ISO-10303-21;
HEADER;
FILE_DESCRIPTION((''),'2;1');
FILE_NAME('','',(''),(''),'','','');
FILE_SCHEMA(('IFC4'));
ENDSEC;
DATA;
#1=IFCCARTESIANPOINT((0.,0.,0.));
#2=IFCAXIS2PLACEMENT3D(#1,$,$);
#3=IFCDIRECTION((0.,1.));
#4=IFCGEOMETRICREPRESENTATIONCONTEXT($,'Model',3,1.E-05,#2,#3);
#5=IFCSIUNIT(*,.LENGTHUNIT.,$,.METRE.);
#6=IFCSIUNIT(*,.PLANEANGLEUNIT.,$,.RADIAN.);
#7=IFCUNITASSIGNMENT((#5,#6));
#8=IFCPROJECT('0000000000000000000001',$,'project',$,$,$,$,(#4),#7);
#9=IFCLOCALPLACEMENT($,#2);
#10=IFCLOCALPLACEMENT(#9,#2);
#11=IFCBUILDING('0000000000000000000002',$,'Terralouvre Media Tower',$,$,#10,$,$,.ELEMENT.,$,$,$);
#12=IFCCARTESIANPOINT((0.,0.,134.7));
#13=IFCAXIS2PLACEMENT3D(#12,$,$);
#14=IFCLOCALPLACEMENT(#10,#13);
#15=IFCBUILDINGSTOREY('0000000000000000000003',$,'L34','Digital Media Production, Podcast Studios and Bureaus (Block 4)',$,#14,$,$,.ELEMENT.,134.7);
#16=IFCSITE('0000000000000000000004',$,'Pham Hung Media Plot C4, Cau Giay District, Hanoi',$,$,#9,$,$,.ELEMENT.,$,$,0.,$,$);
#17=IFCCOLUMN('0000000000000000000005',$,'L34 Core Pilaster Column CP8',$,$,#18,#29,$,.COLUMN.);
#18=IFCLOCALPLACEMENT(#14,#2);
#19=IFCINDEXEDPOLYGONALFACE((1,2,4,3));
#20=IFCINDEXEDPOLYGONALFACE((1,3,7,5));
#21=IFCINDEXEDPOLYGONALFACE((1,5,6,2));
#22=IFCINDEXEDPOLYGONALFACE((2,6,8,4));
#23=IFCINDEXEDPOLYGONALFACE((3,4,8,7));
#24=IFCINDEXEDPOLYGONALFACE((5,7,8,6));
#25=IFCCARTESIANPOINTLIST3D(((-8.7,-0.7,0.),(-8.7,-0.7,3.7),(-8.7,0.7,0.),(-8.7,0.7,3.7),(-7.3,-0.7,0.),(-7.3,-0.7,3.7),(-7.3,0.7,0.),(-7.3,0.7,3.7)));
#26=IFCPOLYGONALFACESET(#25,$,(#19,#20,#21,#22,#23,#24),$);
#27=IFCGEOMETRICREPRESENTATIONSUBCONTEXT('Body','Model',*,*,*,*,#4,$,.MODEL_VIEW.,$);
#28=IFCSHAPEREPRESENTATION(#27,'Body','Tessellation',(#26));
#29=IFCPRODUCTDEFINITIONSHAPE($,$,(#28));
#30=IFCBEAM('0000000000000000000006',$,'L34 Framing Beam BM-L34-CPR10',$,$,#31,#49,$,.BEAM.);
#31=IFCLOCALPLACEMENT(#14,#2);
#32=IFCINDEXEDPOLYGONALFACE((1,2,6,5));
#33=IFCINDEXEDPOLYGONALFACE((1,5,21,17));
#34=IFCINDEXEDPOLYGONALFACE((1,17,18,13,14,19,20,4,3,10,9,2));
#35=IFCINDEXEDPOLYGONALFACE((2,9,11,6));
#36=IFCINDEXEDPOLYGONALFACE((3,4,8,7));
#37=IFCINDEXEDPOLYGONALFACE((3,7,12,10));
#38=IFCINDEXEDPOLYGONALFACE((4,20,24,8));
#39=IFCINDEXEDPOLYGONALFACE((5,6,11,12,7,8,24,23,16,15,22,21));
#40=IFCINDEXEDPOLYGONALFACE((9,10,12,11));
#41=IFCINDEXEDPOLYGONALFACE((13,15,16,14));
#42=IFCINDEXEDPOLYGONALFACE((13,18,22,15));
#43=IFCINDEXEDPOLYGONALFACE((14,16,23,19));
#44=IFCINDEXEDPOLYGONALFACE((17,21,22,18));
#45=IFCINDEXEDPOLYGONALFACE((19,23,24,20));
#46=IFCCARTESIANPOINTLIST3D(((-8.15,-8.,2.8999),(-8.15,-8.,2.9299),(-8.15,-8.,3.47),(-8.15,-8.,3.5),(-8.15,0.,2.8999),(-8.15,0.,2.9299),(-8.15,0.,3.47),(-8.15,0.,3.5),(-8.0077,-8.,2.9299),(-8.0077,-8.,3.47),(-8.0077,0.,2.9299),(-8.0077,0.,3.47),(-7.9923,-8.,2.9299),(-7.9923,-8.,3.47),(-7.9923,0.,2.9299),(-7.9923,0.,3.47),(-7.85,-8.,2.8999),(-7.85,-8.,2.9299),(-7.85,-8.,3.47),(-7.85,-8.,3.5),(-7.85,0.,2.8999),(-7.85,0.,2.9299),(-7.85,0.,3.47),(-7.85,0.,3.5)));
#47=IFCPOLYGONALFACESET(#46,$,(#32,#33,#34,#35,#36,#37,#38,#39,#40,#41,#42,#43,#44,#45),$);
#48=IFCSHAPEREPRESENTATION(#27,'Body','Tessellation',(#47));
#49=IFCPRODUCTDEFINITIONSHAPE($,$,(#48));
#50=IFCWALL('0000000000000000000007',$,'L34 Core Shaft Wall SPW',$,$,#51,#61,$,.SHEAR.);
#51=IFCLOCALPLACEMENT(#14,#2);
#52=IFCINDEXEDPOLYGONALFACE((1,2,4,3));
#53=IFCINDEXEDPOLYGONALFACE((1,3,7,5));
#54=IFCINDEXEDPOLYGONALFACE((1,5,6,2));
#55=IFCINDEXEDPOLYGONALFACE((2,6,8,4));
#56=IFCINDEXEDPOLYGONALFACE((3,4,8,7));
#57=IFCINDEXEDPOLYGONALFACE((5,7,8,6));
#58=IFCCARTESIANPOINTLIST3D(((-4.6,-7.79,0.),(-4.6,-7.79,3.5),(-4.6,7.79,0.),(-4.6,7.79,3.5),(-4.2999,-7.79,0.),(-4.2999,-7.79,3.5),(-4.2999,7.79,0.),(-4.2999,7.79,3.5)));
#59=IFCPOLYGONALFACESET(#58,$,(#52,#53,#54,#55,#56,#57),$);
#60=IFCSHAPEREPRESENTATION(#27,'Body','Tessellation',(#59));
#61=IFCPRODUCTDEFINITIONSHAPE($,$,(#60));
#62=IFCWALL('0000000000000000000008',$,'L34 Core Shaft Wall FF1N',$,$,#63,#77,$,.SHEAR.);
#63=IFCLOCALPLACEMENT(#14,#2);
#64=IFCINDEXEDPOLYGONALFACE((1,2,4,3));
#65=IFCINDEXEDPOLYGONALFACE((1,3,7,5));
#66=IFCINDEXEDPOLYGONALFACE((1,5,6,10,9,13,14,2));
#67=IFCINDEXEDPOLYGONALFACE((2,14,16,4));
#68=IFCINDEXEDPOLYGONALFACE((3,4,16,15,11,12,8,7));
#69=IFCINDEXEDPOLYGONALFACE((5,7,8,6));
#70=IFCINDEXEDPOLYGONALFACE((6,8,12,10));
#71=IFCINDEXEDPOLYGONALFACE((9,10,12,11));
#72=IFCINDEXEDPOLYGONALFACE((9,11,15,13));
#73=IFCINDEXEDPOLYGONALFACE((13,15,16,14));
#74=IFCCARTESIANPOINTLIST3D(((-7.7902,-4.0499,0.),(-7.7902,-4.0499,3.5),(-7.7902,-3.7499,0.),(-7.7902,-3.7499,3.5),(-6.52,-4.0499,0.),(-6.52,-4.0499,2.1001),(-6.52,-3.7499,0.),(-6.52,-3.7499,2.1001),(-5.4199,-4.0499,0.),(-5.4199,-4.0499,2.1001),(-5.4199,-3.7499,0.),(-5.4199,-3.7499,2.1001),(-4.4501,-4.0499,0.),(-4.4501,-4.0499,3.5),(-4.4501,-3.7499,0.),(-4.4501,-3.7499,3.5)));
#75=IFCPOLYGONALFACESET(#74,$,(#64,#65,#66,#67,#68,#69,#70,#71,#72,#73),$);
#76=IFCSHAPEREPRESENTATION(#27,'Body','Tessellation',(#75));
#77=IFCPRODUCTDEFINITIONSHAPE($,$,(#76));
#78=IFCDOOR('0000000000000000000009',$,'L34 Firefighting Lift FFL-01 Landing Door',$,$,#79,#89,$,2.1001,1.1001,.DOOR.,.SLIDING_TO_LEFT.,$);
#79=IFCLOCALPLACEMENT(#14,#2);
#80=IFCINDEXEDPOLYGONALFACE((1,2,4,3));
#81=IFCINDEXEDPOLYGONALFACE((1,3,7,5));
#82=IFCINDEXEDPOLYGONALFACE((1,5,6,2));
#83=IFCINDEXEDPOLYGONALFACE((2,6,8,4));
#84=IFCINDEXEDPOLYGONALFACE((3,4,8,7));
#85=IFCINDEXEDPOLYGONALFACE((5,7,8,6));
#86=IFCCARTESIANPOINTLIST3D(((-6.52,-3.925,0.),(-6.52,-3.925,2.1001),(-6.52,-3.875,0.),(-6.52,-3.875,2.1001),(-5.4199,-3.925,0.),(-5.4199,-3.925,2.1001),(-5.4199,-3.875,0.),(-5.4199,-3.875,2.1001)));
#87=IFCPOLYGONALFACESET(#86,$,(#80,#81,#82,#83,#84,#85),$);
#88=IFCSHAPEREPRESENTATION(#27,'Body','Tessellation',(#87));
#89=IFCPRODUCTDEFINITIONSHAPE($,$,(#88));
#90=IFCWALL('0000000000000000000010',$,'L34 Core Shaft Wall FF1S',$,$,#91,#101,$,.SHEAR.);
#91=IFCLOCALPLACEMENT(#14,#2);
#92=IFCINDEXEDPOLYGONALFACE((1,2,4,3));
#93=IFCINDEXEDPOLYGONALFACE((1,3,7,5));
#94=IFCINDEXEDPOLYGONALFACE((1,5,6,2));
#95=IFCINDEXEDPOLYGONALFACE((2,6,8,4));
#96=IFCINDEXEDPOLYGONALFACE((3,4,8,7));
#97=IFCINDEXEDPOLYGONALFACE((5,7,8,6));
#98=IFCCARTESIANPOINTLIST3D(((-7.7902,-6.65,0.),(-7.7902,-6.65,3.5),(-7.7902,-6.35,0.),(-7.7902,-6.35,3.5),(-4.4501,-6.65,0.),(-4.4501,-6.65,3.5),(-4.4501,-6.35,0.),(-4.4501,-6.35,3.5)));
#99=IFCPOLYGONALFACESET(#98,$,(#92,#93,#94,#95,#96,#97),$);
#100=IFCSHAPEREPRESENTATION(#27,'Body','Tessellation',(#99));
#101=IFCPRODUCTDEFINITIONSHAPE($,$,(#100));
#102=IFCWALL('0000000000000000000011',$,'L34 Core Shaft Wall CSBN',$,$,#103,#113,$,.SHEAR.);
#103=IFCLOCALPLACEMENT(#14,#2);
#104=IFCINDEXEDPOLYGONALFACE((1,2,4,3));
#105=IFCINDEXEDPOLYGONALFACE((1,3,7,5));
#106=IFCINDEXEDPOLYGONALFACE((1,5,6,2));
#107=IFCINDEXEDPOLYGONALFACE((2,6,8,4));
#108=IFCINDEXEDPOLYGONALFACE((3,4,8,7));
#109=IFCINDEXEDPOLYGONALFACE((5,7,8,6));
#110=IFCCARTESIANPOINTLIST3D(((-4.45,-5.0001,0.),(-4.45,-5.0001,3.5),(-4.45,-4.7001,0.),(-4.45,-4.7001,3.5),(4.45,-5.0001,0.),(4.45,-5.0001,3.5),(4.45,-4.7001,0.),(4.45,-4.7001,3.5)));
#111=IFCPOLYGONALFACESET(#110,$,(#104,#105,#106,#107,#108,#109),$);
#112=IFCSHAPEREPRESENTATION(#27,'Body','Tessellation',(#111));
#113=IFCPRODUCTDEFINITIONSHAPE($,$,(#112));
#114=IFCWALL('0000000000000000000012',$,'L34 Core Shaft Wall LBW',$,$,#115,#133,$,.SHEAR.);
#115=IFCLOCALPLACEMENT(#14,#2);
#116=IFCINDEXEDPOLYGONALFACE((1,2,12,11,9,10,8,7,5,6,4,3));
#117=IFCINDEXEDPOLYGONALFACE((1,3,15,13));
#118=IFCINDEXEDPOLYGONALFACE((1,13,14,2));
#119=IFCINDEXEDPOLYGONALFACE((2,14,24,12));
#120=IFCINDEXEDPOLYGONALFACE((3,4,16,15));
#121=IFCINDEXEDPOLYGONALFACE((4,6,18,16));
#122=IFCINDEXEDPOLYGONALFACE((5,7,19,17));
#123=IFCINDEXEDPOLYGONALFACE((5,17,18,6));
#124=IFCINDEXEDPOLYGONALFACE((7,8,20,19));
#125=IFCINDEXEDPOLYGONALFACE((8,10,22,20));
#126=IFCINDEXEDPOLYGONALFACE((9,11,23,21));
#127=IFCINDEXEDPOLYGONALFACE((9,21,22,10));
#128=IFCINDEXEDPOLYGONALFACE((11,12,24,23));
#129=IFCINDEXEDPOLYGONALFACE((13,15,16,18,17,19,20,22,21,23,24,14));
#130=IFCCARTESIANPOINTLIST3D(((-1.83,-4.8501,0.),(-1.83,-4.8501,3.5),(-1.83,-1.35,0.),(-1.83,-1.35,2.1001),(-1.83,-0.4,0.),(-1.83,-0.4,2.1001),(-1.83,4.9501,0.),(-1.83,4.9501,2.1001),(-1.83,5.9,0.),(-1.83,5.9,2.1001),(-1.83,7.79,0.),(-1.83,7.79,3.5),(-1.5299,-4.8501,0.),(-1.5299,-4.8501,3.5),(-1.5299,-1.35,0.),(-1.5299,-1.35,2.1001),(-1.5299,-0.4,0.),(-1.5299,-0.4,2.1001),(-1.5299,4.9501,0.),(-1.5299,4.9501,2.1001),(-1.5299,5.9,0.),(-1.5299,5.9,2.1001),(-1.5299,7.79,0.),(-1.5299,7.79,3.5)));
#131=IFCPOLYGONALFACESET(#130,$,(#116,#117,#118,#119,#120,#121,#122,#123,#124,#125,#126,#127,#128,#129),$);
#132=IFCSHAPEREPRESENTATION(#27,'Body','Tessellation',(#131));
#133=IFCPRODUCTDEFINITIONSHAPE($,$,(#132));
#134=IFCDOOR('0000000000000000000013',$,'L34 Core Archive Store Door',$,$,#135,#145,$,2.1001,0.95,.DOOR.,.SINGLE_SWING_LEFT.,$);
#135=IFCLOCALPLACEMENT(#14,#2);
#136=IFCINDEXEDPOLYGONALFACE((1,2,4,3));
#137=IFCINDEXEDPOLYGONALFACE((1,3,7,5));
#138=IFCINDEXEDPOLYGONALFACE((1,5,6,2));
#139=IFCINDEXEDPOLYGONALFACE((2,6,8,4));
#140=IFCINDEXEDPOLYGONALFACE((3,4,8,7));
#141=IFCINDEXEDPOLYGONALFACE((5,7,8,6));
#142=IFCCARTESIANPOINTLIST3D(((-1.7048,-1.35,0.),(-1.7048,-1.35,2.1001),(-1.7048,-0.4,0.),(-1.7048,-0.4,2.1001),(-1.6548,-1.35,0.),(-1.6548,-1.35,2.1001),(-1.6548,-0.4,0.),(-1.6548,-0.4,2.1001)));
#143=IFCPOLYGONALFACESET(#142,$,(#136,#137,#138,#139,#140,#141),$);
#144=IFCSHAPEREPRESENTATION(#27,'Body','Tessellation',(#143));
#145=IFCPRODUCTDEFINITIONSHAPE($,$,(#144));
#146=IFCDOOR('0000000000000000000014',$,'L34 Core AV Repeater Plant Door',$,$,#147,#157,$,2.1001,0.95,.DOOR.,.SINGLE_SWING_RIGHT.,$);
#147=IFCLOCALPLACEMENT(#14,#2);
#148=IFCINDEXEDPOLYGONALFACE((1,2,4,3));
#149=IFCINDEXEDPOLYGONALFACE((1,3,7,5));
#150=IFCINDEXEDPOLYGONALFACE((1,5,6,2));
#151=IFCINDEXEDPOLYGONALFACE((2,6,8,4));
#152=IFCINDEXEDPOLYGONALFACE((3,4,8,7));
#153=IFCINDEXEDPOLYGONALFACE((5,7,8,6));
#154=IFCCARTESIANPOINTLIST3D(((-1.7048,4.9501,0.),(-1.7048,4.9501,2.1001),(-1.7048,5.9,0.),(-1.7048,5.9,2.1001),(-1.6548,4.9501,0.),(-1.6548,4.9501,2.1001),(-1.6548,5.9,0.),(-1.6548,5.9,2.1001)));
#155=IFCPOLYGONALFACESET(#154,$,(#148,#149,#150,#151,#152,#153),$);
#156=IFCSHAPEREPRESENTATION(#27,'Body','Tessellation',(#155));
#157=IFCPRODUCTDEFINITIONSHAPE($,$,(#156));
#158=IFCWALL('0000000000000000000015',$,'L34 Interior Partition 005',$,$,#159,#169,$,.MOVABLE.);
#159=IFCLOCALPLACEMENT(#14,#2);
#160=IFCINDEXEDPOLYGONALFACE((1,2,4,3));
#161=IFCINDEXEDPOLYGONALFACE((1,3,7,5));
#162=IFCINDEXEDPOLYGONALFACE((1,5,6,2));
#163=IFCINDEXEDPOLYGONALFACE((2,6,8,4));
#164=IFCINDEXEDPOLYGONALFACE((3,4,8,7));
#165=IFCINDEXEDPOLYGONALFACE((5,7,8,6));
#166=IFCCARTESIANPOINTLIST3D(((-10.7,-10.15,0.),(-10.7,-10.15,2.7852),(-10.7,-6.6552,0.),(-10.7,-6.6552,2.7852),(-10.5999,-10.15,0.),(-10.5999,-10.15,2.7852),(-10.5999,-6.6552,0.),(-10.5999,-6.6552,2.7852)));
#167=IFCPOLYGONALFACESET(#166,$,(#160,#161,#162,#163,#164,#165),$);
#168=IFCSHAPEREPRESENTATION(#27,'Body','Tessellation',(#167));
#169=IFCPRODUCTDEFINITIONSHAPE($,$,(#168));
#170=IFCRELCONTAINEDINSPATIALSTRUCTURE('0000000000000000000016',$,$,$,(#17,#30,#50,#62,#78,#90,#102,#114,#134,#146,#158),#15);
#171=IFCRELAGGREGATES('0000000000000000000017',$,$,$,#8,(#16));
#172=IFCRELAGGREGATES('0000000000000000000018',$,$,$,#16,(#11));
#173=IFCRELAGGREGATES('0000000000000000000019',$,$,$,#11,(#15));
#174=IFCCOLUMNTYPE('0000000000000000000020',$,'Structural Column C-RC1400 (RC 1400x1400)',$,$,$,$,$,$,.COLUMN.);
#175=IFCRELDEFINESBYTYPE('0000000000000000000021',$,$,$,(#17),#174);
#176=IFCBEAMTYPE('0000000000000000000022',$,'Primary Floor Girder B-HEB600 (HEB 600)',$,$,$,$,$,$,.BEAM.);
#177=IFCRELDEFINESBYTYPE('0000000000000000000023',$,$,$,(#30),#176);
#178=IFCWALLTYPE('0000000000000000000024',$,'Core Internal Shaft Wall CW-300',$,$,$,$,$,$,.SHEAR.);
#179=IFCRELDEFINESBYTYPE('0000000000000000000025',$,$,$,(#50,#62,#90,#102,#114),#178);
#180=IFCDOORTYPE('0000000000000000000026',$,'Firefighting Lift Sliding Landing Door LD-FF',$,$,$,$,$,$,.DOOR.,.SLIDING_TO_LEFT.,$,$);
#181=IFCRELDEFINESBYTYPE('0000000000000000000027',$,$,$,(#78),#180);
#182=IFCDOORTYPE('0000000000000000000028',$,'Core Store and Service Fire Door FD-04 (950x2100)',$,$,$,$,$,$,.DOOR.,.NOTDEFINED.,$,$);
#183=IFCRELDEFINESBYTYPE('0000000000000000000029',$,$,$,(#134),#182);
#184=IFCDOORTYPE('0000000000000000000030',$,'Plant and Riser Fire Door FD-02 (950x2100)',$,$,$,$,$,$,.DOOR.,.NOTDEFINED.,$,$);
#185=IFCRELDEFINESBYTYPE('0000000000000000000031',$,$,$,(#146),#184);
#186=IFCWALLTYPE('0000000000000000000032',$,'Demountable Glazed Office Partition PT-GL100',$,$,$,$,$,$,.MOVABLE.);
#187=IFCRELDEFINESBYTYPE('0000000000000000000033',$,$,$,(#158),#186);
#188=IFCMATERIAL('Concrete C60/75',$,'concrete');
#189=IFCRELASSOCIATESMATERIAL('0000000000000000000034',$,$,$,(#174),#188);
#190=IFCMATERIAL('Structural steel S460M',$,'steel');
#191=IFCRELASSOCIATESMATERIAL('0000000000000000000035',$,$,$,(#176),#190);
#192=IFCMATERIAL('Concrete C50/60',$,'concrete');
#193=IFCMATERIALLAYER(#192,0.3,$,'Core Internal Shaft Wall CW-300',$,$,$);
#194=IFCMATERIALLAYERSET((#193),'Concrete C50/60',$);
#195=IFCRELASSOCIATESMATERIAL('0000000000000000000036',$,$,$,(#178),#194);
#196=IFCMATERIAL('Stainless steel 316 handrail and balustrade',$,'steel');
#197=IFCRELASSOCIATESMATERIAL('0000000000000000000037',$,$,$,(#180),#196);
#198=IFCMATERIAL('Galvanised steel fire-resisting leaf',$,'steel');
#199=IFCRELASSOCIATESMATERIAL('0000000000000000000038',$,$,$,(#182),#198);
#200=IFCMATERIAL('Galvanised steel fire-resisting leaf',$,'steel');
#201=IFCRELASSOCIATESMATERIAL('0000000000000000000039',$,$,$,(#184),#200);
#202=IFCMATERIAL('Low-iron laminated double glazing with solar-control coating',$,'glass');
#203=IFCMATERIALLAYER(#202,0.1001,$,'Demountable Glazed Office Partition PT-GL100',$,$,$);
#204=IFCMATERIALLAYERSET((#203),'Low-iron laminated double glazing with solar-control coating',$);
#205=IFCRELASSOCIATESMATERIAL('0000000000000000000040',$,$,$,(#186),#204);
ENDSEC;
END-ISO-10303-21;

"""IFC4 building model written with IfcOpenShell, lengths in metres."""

from ifc_helpers import new_model, si_unit, direction, frame, frame_2d, origin, origin_2d, place, context, subcontext, project, spatial, rectangle, i_section, extrude, material, layer, layer_set, material_profile, profile_set, type_object, element, fill, save


model = new_model("IFC4")

# Units and contexts
model_context = context("Model", 3, precision=1e-05, world=origin(), true_north=direction((0.0, 1.0)))
body_context = subcontext(model_context, "Body", "Model", "MODEL_VIEW")
ifc_project = project(units=[si_unit("LENGTHUNIT", "METRE"), si_unit("PLANEANGLEUNIT", "RADIAN")], contexts=[model_context])

# Site, building, storey
site_placement = place(None, origin())
site = spatial("IfcSite", under=ifc_project, at=site_placement, Name="Pham Hung Media Plot C4, Cau Giay District, Hanoi", CompositionType="ELEMENT", RefElevation=0.0)
building_placement = place(site_placement, origin())
building = spatial("IfcBuilding", under=site, at=building_placement, Name="Terralouvre Media Tower", CompositionType="ELEMENT")
storey_placement = place(building_placement, frame((0.0, 0.0, 134.7)))
storey = spatial("IfcBuildingStorey", under=building, at=storey_placement, Name="L34", Description="Digital Media Production, Podcast Studios and Bureaus (Block 4)", CompositionType="ELEMENT", Elevation=134.7)

# Column
ifc_material_1 = material(Name="Concrete C60/75", Category="concrete")
ifc_material_profile_1 = material_profile(ifc_material_1, rectangle(XDim=1.3999, YDim=1.3999, at=origin_2d()), Name="RC 1400x1400")
ifc_profile_set_1 = profile_set([ifc_material_profile_1], Name="Concrete C60/75")
column_type = type_object("IfcColumnType", Name="Structural Column C-RC1400 (RC 1400x1400)", PredefinedType="COLUMN", material=ifc_profile_set_1)
column_placement = place(storey_placement, frame((-8.0, 0.0, 0.0), z_axis=(0.0, 0.0, 1.0), x_axis=(1.0, 0.0, 0.0)))
element("IfcColumn", 1, at=column_placement, inside=storey, type_object=column_type, Name="L34 Core Pilaster Column CP8", PredefinedType="COLUMN", context=body_context, shape_type="SweptSolid", body=[
    extrude(rectangle(XDim=1.3999, YDim=1.3999, at=origin_2d()), origin(), (0.0, 0.0, 1.0), 3.7),
])

# Beam
ifc_material_2 = material(Name="Structural steel S460M", Category="steel")
ifc_material_profile_2 = material_profile(ifc_material_2, i_section(OverallWidth=0.3, OverallDepth=0.6001, WebThickness=0.0154, FlangeThickness=0.03, at=origin_2d()), Name="HEB 600")
ifc_profile_set_2 = profile_set([ifc_material_profile_2], Name="Structural steel S460M")
beam_type = type_object("IfcBeamType", Name="Primary Floor Girder B-HEB600 (HEB 600)", PredefinedType="BEAM", material=ifc_profile_set_2)
beam_placement = place(storey_placement, frame((-8.0, 0.0, 3.2), z_axis=(0.0, -1.0, 0.0), x_axis=(1.0, 0.0, 0.0)))
element("IfcBeam", 2, at=beam_placement, inside=storey, type_object=beam_type, Name="L34 Framing Beam BM-L34-CPR10", PredefinedType="BEAM", context=body_context, shape_type="SweptSolid", body=[
    extrude(i_section(OverallWidth=0.3, OverallDepth=0.6001, WebThickness=0.0154, FlangeThickness=0.03, at=origin_2d()), origin(), (0.0, 0.0, 1.0), 8.0),
])

# Wall
ifc_material_3 = material(Name="Concrete C50/60", Category="concrete")
ifc_layer_1 = layer(ifc_material_3, 0.3, Name="Core Internal Shaft Wall CW-300")
ifc_layer_set_1 = layer_set([ifc_layer_1], Name="Concrete C50/60")
wall_type_1 = type_object("IfcWallType", Name="Core Internal Shaft Wall CW-300", PredefinedType="SHEAR", material=ifc_layer_set_1)
wall_1_placement = place(storey_placement, frame((-4.45, -7.79, 0.0), z_axis=(0.0, 0.0, 1.0), x_axis=(0.0, 1.0, 0.0)))
element("IfcWall", 3, at=wall_1_placement, inside=storey, type_object=wall_type_1, Name="L34 Core Shaft Wall SPW", PredefinedType="SHEAR", context=body_context, shape_type="SweptSolid", body=[
    extrude(rectangle(XDim=15.5801, YDim=0.3, at=frame_2d((7.79, 0.0))), origin(), (0.0, 0.0, 1.0), 3.5),
])

# Wall, opening, door
wall_2_placement = place(storey_placement, frame((-7.79, -3.8999, 0.0), z_axis=(0.0, 0.0, 1.0), x_axis=(1.0, 0.0, 0.0)))
wall_2 = element("IfcWall", 4, at=wall_2_placement, inside=storey, type_object=wall_type_1, Name="L34 Core Shaft Wall FF1N", PredefinedType="SHEAR", context=body_context, shape_type="SweptSolid", body=[
    extrude(rectangle(XDim=3.3401, YDim=0.3, at=frame_2d((1.6699, 0.0))), origin(), (0.0, 0.0, 1.0), 3.5),
])
opening_1_placement = place(wall_2_placement, frame((1.27, 0.0, 0.0)))
opening_1 = element("IfcOpeningElement", 5, at=opening_1_placement, cuts=wall_2, PredefinedType="OPENING", context=body_context, shape_type="SweptSolid", body=[
    extrude(rectangle(XDim=1.1001, YDim=2.1001, at=frame_2d((0.55, 1.05))), frame((0.0, 0.1599, 0.0), z_axis=(0.0, -1.0, 0.0), x_axis=(1.0, 0.0, 0.0)), (0.0, 0.0, 1.0), 0.3201),
])
ifc_material_4 = material(Name="Stainless steel 316 handrail and balustrade", Category="steel")
door_type_1 = type_object("IfcDoorType", Name="Firefighting Lift Sliding Landing Door LD-FF", OperationType="SLIDING_TO_LEFT", PredefinedType="DOOR", material=ifc_material_4)
door_1_placement = place(opening_1_placement, origin())
door_1 = element("IfcDoor", 6, at=door_1_placement, inside=storey, type_object=door_type_1, Name="L34 Firefighting Lift FFL-01 Landing Door", OperationType="SLIDING_TO_LEFT", OverallHeight=2.1001, OverallWidth=1.1001, PredefinedType="DOOR", context=body_context, shape_type="SweptSolid", body=[
    extrude(rectangle(XDim=1.1001, YDim=2.1001, at=frame_2d((0.55, 1.05))), frame((0.0, 0.0249, 0.0), z_axis=(0.0, -1.0, 0.0), x_axis=(1.0, 0.0, 0.0)), (0.0, 0.0, 1.0), 0.05),
])
fill(opening_1, door_1)

# Walls
wall_3_placement = place(storey_placement, frame((-7.79, -6.5, 0.0), z_axis=(0.0, 0.0, 1.0), x_axis=(1.0, 0.0, 0.0)))
element("IfcWall", 7, at=wall_3_placement, inside=storey, type_object=wall_type_1, Name="L34 Core Shaft Wall FF1S", PredefinedType="SHEAR", context=body_context, shape_type="SweptSolid", body=[
    extrude(rectangle(XDim=3.3401, YDim=0.3, at=frame_2d((1.6699, 0.0))), origin(), (0.0, 0.0, 1.0), 3.5),
])
wall_4_placement = place(storey_placement, frame((-4.45, -4.8501, 0.0), z_axis=(0.0, 0.0, 1.0), x_axis=(1.0, 0.0, 0.0)))
element("IfcWall", 8, at=wall_4_placement, inside=storey, type_object=wall_type_1, Name="L34 Core Shaft Wall CSBN", PredefinedType="SHEAR", context=body_context, shape_type="SweptSolid", body=[
    extrude(rectangle(XDim=8.8999, YDim=0.3, at=frame_2d((4.45, 0.0))), origin(), (0.0, 0.0, 1.0), 3.5),
])

# Wall, openings, doors
wall_5_placement = place(storey_placement, frame((-1.6799, -4.8501, 0.0), z_axis=(0.0, 0.0, 1.0), x_axis=(0.0, 1.0, 0.0)))
wall_5 = element("IfcWall", 9, at=wall_5_placement, inside=storey, type_object=wall_type_1, Name="L34 Core Shaft Wall LBW", PredefinedType="SHEAR", context=body_context, shape_type="SweptSolid", body=[
    extrude(rectangle(XDim=12.6401, YDim=0.3, at=frame_2d((6.3201, 0.0))), origin(), (0.0, 0.0, 1.0), 3.5),
])
opening_2_placement = place(wall_5_placement, frame((3.5, 0.0, 0.0)))
opening_2 = element("IfcOpeningElement", 10, at=opening_2_placement, cuts=wall_5, PredefinedType="OPENING", context=body_context, shape_type="SweptSolid", body=[
    extrude(rectangle(XDim=0.95, YDim=2.1001, at=frame_2d((0.4751, 1.05))), frame((0.0, 0.1599, 0.0), z_axis=(0.0, -1.0, 0.0), x_axis=(1.0, 0.0, 0.0)), (0.0, 0.0, 1.0), 0.3201),
])
opening_3_placement = place(wall_5_placement, frame((9.8, 0.0, 0.0)))
opening_3 = element("IfcOpeningElement", 11, at=opening_3_placement, cuts=wall_5, PredefinedType="OPENING", context=body_context, shape_type="SweptSolid", body=[
    extrude(rectangle(XDim=0.95, YDim=2.1001, at=frame_2d((0.4751, 1.05))), frame((0.0, 0.1599, 0.0), z_axis=(0.0, -1.0, 0.0), x_axis=(1.0, 0.0, 0.0)), (0.0, 0.0, 1.0), 0.3201),
])
ifc_material_5 = material(Name="Galvanised steel fire-resisting leaf", Category="steel")
door_type_2 = type_object("IfcDoorType", Name="Core Store and Service Fire Door FD-04 (950x2100)", OperationType="NOTDEFINED", PredefinedType="DOOR", material=ifc_material_5)
door_2_placement = place(opening_2_placement, origin())
door_2 = element("IfcDoor", 12, at=door_2_placement, inside=storey, type_object=door_type_2, Name="L34 Core Archive Store Door", OperationType="SINGLE_SWING_LEFT", OverallHeight=2.1001, OverallWidth=0.95, PredefinedType="DOOR", context=body_context, shape_type="SweptSolid", body=[
    extrude(rectangle(XDim=0.95, YDim=2.1001, at=frame_2d((0.4751, 1.05))), frame((0.0, 0.0249, 0.0), z_axis=(0.0, -1.0, 0.0), x_axis=(1.0, 0.0, 0.0)), (0.0, 0.0, 1.0), 0.05),
])
fill(opening_2, door_2)
ifc_material_6 = material(Name="Galvanised steel fire-resisting leaf", Category="steel")
door_type_3 = type_object("IfcDoorType", Name="Plant and Riser Fire Door FD-02 (950x2100)", OperationType="NOTDEFINED", PredefinedType="DOOR", material=ifc_material_6)
door_3_placement = place(opening_3_placement, origin())
door_3 = element("IfcDoor", 13, at=door_3_placement, inside=storey, type_object=door_type_3, Name="L34 Core AV Repeater Plant Door", OperationType="SINGLE_SWING_RIGHT", OverallHeight=2.1001, OverallWidth=0.95, PredefinedType="DOOR", context=body_context, shape_type="SweptSolid", body=[
    extrude(rectangle(XDim=0.95, YDim=2.1001, at=frame_2d((0.4751, 1.05))), frame((0.0, 0.0249, 0.0), z_axis=(0.0, -1.0, 0.0), x_axis=(1.0, 0.0, 0.0)), (0.0, 0.0, 1.0), 0.05),
])
fill(opening_3, door_3)

# Wall
ifc_material_7 = material(Name="Low-iron laminated double glazing with solar-control coating", Category="glass")
ifc_layer_2 = layer(ifc_material_7, 0.1001, Name="Demountable Glazed Office Partition PT-GL100")
ifc_layer_set_2 = layer_set([ifc_layer_2], Name="Low-iron laminated double glazing with solar-control coating")
wall_type_2 = type_object("IfcWallType", Name="Demountable Glazed Office Partition PT-GL100", PredefinedType="MOVABLE", material=ifc_layer_set_2)
wall_6_placement = place(storey_placement, frame((-10.6499, -6.655, 0.0), z_axis=(0.0, 0.0, 1.0), x_axis=(0.0, -1.0, 0.0)))
element("IfcWall", 14, at=wall_6_placement, inside=storey, type_object=wall_type_2, Name="L34 Interior Partition 005", PredefinedType="MOVABLE", context=body_context, shape_type="SweptSolid", body=[
    extrude(rectangle(XDim=3.4949, YDim=0.1001, at=frame_2d((1.7476, 0.0))), origin(), (0.0, 0.0, 1.0), 2.7852),
])

save(model, "model.ifc")
